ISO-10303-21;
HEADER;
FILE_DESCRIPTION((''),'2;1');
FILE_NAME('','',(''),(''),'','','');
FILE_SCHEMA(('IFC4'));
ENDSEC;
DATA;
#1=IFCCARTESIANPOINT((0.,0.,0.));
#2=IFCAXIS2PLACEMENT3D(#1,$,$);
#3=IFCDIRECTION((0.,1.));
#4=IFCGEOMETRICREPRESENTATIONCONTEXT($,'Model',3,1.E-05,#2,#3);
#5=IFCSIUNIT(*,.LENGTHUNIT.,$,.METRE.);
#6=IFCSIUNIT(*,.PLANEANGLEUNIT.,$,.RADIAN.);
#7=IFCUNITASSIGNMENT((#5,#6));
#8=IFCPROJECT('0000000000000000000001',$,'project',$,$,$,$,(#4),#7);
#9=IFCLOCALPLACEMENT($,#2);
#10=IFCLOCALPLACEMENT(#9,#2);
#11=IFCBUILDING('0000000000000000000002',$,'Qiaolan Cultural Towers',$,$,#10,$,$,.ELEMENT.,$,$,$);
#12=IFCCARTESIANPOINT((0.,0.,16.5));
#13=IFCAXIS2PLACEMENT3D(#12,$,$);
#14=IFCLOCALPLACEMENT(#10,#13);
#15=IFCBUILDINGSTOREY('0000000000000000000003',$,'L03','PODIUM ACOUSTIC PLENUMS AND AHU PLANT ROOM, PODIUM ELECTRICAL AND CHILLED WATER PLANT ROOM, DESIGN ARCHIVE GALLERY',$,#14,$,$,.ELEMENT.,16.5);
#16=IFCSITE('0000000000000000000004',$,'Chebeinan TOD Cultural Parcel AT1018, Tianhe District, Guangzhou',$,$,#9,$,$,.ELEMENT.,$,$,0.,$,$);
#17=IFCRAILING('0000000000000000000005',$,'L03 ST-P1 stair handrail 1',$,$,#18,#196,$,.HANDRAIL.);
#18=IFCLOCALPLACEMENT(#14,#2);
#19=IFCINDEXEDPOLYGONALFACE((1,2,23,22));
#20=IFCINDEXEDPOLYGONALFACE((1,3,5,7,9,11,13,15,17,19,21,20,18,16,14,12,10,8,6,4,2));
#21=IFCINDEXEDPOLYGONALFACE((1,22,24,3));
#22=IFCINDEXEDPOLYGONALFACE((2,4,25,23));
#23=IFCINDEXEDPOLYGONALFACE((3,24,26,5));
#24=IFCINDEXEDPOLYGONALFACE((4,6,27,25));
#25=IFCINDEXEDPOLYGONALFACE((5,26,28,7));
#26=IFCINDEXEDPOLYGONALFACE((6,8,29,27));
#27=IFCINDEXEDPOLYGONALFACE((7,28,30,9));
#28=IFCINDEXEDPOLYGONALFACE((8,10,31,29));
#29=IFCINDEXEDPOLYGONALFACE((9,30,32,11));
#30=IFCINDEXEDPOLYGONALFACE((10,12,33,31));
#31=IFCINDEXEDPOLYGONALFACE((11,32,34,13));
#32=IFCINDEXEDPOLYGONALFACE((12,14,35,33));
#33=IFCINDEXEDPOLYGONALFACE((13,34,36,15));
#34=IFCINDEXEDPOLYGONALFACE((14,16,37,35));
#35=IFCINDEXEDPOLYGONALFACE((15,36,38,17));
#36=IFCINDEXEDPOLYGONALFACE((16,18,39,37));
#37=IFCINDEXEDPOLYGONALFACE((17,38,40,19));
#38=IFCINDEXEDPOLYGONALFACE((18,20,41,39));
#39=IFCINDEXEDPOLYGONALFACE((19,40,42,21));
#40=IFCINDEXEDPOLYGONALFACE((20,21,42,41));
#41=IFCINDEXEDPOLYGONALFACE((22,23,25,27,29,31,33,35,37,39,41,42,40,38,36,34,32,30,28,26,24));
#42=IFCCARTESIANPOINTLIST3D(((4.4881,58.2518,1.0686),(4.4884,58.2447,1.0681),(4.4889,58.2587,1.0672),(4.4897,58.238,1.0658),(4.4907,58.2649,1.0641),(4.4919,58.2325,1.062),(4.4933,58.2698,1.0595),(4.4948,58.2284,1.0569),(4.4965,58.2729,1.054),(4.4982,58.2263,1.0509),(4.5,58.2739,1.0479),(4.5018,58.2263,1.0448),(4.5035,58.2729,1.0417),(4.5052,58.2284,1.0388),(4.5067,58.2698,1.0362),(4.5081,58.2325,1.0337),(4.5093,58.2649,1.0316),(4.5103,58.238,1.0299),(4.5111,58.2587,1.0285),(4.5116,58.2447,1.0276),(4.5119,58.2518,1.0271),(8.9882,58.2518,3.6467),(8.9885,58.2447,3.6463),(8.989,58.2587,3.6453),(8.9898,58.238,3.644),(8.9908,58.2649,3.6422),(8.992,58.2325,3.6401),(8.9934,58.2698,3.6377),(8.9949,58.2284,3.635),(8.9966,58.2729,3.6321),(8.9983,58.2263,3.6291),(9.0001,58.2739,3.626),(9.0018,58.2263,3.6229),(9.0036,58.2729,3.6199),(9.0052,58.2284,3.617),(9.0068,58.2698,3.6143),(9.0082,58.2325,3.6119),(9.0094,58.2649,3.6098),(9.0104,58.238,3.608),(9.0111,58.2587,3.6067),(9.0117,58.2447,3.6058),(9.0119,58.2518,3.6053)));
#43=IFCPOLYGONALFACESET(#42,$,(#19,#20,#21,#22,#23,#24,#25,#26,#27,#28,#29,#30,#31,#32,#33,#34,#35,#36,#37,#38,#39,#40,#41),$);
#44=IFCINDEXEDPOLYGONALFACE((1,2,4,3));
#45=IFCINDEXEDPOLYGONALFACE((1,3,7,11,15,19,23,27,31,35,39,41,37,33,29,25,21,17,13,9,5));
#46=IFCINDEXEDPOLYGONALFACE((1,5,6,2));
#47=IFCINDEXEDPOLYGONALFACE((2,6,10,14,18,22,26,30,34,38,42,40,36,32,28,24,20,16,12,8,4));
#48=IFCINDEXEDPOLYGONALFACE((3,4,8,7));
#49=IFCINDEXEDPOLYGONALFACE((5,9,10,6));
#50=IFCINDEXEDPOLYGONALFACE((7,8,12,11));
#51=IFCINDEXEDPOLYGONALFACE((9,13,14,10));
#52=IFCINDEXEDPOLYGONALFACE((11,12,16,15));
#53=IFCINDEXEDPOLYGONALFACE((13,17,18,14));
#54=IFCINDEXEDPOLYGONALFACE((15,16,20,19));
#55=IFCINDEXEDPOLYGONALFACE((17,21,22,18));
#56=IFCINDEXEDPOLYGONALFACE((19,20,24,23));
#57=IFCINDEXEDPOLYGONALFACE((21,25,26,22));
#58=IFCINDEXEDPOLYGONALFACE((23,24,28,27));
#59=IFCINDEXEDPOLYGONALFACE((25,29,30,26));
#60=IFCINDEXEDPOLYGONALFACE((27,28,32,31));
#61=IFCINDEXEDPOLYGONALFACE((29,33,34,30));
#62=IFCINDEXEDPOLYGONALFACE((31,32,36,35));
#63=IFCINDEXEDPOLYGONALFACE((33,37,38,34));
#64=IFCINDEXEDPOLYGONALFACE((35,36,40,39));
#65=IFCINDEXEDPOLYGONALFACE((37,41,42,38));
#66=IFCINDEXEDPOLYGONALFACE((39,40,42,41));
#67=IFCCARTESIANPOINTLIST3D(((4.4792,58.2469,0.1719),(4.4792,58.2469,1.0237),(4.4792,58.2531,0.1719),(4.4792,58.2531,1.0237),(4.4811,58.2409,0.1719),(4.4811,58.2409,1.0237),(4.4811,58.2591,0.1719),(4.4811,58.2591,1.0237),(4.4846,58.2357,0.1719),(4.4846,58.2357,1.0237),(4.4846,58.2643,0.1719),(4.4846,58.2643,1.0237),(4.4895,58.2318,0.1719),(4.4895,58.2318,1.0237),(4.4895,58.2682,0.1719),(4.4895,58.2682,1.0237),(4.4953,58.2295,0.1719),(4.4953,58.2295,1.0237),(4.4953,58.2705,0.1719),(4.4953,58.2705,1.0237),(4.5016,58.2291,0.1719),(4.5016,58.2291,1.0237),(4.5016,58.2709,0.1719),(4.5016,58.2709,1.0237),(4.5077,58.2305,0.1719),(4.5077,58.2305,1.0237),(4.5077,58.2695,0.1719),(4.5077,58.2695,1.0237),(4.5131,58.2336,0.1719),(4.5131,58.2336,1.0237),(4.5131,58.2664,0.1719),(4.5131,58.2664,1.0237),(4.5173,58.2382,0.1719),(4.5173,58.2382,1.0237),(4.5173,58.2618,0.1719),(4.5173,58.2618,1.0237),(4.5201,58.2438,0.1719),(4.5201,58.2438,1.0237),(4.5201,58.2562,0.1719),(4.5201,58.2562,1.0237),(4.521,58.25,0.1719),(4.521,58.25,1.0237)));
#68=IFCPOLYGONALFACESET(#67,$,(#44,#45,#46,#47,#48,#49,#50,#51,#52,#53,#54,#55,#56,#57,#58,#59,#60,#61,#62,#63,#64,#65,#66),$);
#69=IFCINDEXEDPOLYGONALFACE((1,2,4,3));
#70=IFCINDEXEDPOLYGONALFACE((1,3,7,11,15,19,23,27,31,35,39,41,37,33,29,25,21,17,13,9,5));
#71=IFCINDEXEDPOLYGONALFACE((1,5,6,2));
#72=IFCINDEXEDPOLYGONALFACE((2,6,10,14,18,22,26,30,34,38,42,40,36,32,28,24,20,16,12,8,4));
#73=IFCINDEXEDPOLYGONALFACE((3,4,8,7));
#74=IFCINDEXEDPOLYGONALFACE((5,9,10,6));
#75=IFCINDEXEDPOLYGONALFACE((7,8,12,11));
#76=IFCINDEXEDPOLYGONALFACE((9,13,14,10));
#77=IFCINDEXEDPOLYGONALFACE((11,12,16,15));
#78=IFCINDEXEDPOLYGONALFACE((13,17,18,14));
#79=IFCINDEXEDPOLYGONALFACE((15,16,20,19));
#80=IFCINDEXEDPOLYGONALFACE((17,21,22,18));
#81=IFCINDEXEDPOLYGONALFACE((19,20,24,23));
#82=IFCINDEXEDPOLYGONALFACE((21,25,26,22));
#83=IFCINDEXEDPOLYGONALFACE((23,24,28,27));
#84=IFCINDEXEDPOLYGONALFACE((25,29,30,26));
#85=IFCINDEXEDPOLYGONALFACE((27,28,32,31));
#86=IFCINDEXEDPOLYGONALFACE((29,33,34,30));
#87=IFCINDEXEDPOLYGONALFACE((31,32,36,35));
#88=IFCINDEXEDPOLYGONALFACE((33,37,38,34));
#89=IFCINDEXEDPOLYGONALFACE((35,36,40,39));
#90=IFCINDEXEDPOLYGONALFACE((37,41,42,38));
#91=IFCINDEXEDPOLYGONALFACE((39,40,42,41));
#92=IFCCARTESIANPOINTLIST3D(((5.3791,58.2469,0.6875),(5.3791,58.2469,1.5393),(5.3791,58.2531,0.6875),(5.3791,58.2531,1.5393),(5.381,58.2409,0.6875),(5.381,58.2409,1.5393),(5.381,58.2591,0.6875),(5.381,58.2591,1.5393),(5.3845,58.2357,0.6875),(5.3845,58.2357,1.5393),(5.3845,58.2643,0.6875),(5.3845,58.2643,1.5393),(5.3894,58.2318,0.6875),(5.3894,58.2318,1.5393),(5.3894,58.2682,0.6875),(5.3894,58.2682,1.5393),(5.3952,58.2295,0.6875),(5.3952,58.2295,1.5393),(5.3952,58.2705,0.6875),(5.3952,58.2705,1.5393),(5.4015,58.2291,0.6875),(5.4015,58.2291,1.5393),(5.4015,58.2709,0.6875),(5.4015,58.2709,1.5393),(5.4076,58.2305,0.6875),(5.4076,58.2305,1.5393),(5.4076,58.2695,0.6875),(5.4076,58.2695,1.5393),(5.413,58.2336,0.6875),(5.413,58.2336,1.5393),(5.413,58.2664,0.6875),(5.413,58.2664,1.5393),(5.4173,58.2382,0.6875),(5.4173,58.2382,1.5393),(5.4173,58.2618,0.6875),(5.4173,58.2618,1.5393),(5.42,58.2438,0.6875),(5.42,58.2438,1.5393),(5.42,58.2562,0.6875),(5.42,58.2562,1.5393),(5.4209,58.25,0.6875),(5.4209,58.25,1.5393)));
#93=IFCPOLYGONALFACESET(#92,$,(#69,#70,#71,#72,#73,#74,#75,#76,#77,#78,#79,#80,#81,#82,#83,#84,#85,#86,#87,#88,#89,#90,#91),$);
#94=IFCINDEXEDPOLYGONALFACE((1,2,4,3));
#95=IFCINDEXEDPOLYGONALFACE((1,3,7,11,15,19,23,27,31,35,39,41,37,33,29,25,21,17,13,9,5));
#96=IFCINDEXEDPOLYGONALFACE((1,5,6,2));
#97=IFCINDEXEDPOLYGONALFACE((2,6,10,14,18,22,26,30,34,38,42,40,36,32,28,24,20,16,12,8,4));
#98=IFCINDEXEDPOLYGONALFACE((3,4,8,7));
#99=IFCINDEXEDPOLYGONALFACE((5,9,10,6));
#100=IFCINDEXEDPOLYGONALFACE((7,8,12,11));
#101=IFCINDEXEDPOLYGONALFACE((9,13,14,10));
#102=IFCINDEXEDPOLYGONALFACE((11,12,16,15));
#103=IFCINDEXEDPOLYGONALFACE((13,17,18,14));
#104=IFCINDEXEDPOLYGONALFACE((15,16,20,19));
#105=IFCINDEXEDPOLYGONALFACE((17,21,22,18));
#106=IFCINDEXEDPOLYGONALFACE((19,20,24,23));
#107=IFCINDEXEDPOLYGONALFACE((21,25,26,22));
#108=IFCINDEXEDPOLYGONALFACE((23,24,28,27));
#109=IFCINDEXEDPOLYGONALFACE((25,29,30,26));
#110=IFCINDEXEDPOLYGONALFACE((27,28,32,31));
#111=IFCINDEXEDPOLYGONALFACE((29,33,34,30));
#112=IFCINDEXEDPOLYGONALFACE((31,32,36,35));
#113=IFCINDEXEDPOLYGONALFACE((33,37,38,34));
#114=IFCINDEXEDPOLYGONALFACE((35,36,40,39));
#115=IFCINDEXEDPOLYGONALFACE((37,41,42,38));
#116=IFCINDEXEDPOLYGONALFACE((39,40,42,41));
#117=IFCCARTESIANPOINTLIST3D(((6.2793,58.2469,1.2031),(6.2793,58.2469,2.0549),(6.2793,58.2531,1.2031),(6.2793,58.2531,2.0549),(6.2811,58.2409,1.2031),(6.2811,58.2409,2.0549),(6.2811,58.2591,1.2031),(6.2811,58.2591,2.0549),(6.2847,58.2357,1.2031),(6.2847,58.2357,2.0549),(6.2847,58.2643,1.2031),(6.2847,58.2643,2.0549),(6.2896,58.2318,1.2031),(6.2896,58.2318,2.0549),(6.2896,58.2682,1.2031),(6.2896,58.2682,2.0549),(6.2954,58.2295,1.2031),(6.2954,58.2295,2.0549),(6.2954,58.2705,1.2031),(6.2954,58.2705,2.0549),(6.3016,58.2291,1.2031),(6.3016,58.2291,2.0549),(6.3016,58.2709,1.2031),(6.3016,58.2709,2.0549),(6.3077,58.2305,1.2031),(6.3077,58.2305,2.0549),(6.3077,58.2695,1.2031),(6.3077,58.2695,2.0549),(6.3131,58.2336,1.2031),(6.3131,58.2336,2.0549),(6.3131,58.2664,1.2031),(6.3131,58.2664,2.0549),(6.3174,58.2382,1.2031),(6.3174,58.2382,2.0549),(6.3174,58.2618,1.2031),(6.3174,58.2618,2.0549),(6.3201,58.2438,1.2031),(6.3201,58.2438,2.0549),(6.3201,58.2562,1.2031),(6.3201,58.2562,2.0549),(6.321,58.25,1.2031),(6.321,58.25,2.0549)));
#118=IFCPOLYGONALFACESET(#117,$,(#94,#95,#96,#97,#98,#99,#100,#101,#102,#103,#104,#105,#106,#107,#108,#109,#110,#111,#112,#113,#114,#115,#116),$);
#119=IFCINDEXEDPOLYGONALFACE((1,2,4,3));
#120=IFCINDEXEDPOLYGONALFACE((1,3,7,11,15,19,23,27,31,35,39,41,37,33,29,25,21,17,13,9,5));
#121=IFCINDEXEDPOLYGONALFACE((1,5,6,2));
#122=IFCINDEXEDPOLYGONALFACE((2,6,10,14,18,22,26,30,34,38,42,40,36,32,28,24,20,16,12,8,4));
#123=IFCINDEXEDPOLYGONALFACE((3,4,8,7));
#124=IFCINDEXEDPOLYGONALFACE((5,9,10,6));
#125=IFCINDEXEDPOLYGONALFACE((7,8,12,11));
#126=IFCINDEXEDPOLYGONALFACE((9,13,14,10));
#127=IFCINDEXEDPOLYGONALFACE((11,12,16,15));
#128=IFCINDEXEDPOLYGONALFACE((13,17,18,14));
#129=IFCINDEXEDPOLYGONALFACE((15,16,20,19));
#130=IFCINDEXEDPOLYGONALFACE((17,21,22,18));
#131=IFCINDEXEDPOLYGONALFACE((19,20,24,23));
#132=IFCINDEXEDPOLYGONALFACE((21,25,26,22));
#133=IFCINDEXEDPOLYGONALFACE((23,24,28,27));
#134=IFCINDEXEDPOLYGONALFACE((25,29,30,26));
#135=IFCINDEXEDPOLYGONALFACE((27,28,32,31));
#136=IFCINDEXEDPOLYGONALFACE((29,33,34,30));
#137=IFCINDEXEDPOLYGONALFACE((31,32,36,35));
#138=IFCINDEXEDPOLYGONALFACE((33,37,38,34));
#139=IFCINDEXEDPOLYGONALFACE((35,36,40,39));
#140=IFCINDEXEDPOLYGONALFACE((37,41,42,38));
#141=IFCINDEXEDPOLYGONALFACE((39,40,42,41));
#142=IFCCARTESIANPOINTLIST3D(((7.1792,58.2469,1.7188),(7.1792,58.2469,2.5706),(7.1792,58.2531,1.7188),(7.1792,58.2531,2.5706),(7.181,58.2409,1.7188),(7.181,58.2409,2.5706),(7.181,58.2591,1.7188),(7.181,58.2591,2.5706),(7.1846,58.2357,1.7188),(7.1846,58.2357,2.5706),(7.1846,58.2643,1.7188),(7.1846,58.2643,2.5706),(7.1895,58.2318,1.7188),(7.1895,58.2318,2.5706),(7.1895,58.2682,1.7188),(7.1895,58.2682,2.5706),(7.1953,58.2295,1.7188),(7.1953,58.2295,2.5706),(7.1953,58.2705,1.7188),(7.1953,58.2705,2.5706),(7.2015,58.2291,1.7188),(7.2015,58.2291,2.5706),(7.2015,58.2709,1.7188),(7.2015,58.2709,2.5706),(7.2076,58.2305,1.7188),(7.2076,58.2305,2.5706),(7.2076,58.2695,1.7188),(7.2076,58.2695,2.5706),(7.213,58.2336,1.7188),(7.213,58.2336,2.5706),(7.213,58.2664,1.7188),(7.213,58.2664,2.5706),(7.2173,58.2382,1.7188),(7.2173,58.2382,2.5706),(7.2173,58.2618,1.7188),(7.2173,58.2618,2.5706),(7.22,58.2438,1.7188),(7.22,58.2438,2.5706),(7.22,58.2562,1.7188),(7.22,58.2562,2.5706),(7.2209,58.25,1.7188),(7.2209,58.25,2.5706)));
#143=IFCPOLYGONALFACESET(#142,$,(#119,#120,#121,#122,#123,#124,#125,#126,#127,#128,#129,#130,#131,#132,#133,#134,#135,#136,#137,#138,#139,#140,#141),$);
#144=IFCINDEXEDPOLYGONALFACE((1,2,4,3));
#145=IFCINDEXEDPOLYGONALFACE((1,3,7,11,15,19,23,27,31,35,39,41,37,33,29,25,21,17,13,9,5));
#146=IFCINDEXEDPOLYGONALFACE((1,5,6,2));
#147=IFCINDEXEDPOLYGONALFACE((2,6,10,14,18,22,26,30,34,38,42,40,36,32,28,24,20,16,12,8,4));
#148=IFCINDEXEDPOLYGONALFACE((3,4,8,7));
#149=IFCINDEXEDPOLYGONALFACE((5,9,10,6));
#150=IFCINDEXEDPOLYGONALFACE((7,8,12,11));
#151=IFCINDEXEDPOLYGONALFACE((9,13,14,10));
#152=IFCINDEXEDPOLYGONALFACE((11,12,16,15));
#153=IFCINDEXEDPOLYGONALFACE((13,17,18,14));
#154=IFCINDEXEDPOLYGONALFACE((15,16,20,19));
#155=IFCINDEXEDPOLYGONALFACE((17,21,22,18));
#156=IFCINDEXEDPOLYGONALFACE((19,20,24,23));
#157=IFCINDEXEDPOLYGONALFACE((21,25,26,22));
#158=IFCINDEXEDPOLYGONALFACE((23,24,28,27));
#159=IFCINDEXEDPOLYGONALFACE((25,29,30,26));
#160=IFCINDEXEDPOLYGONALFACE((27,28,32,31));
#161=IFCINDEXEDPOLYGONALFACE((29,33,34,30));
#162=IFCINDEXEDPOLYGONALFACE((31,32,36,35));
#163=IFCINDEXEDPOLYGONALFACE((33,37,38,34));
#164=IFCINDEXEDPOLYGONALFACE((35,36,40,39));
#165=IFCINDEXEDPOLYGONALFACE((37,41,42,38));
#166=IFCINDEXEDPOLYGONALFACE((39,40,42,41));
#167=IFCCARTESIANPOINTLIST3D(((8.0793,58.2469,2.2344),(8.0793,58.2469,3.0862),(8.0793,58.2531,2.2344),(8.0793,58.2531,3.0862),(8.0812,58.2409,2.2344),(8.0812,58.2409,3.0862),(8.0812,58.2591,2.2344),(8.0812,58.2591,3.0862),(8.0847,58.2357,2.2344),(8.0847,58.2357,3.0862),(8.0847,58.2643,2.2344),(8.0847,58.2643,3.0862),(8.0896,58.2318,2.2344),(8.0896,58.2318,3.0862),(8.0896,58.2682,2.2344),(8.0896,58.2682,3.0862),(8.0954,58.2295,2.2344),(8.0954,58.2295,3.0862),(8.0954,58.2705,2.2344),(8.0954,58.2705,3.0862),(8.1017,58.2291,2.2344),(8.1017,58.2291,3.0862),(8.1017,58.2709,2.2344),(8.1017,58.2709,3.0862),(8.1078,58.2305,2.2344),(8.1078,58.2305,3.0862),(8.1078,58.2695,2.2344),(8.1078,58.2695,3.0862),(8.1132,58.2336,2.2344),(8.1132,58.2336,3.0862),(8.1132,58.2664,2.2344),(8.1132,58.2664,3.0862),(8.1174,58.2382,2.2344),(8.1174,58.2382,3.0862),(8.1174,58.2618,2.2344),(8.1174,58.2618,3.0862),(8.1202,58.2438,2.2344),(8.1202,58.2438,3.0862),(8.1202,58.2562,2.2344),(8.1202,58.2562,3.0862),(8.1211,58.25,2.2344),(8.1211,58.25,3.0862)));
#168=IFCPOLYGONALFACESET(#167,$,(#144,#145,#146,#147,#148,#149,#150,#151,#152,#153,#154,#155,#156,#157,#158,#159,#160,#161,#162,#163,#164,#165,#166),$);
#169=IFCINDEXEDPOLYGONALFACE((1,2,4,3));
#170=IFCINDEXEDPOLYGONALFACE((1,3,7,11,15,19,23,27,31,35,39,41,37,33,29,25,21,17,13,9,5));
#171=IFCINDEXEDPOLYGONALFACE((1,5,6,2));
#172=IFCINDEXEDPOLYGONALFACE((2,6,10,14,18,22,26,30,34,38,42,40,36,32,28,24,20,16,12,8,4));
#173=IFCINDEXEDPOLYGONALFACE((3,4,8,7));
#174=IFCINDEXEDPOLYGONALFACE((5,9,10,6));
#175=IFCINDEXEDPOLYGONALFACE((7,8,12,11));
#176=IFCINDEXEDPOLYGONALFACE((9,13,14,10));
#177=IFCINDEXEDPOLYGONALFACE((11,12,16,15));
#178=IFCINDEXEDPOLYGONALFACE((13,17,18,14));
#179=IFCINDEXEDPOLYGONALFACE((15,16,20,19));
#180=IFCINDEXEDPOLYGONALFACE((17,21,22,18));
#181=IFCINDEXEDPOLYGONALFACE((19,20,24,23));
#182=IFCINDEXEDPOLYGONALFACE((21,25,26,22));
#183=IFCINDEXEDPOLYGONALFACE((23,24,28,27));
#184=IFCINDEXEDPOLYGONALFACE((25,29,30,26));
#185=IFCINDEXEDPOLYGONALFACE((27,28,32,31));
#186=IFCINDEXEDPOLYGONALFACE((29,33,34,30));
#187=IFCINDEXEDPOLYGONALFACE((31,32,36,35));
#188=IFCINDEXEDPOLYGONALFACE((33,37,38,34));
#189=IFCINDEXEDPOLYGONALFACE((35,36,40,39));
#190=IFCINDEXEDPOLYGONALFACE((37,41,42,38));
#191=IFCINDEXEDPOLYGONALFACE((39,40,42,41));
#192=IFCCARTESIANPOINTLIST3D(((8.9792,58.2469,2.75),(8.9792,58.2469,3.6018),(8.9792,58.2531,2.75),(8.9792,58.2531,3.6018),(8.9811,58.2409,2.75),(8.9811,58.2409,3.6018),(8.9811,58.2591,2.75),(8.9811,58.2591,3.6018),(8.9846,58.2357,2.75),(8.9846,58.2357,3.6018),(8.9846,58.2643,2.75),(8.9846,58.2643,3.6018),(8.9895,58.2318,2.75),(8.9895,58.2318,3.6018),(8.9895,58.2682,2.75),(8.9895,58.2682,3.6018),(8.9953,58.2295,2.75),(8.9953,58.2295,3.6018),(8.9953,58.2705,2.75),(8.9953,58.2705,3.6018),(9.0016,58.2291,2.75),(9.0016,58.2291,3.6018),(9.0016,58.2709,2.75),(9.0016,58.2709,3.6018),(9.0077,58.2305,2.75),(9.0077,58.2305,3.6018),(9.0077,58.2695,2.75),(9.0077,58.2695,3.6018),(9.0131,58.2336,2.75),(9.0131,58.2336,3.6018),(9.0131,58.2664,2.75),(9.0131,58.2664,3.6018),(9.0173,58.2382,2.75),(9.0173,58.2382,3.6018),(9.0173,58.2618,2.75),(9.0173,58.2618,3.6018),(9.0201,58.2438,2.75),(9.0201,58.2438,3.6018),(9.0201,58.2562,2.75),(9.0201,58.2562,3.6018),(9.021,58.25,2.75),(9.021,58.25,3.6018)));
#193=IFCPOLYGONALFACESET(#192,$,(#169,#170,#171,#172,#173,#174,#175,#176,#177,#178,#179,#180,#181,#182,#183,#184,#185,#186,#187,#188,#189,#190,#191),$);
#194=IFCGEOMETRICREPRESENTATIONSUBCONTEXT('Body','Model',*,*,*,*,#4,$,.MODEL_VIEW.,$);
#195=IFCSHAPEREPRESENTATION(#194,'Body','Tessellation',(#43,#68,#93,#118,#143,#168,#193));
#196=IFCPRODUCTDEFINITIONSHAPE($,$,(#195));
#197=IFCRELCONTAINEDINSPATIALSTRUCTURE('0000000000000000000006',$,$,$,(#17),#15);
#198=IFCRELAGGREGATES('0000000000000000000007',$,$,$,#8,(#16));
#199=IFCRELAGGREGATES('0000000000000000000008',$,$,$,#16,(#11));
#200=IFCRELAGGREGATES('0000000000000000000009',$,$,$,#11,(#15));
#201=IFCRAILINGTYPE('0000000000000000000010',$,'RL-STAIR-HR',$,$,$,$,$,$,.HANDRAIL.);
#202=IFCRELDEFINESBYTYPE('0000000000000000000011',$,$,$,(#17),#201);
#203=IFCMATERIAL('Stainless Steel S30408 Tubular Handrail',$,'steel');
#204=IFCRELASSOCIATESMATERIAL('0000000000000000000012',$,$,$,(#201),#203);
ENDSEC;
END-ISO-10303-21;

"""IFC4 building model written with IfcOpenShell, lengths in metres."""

from ifc_helpers import new_model, si_unit, direction, frame, origin, origin_2d, place, context, subcontext, project, spatial, circle, extrude, material, type_object, element, save


model = new_model("IFC4")

# Units and contexts
model_context = context("Model", 3, precision=1e-05, world=origin(), true_north=direction((0.0, 1.0)))
body_context = subcontext(model_context, "Body", "Model", "MODEL_VIEW")
ifc_project = project(units=[si_unit("LENGTHUNIT", "METRE"), si_unit("PLANEANGLEUNIT", "RADIAN")], contexts=[model_context])

# Site, building, storey
site_placement = place(None, origin())
site = spatial("IfcSite", under=ifc_project, at=site_placement, Name="Chebeinan TOD Cultural Parcel AT1018, Tianhe District, Guangzhou", CompositionType="ELEMENT", RefElevation=0.0)
building_placement = place(site_placement, origin())
building = spatial("IfcBuilding", under=site, at=building_placement, Name="Qiaolan Cultural Towers", CompositionType="ELEMENT")
storey_placement = place(building_placement, frame((0.0, 0.0, 16.5)))
storey = spatial("IfcBuildingStorey", under=building, at=storey_placement, Name="L03", Description="PODIUM ACOUSTIC PLENUMS AND AHU PLANT ROOM, PODIUM ELECTRICAL AND CHILLED WATER PLANT ROOM, DESIGN ARCHIVE GALLERY", CompositionType="ELEMENT", Elevation=16.5)

# Railing
ifc_material_1 = material(Name="Stainless Steel S30408 Tubular Handrail", Category="steel")
railing_type_1 = type_object("IfcRailingType", Name="RL-STAIR-HR", PredefinedType="HANDRAIL", material=ifc_material_1)
railing_1_placement = place(storey_placement, frame((4.5, 58.25, 0.1719)))
element("IfcRailing", 1, at=railing_1_placement, inside=storey, type_object=railing_type_1, Name="L03 ST-P1 stair handrail 1", PredefinedType="HANDRAIL", context=body_context, shape_type="SweptSolid", body=[
    extrude(circle(Radius=0.0239, at=origin_2d()), frame((0.0, 0.0, 0.876), z_axis=(0.867686, 0.0, 0.497112), x_axis=(0.0, 1.0, 0.0)), (0.0, 0.0, 1.0), 5.1863),
    extrude(circle(Radius=0.021, at=origin_2d()), origin(), (0.0, 0.0, 1.0), 0.8518),
    extrude(circle(Radius=0.021, at=origin_2d()), frame((0.8999, 0.0, 0.5156)), (0.0, 0.0, 1.0), 0.8518),
    extrude(circle(Radius=0.021, at=origin_2d()), frame((1.8, 0.0, 1.0312)), (0.0, 0.0, 1.0), 0.8518),
    extrude(circle(Radius=0.021, at=origin_2d()), frame((2.7, 0.0, 1.5469)), (0.0, 0.0, 1.0), 0.8518),
    extrude(circle(Radius=0.021, at=origin_2d()), frame((3.6001, 0.0, 2.0625)), (0.0, 0.0, 1.0), 0.8518),
    extrude(circle(Radius=0.021, at=origin_2d()), frame((4.5, 0.0, 2.5781)), (0.0, 0.0, 1.0), 0.8518),
])

save(model, "model.ifc")
